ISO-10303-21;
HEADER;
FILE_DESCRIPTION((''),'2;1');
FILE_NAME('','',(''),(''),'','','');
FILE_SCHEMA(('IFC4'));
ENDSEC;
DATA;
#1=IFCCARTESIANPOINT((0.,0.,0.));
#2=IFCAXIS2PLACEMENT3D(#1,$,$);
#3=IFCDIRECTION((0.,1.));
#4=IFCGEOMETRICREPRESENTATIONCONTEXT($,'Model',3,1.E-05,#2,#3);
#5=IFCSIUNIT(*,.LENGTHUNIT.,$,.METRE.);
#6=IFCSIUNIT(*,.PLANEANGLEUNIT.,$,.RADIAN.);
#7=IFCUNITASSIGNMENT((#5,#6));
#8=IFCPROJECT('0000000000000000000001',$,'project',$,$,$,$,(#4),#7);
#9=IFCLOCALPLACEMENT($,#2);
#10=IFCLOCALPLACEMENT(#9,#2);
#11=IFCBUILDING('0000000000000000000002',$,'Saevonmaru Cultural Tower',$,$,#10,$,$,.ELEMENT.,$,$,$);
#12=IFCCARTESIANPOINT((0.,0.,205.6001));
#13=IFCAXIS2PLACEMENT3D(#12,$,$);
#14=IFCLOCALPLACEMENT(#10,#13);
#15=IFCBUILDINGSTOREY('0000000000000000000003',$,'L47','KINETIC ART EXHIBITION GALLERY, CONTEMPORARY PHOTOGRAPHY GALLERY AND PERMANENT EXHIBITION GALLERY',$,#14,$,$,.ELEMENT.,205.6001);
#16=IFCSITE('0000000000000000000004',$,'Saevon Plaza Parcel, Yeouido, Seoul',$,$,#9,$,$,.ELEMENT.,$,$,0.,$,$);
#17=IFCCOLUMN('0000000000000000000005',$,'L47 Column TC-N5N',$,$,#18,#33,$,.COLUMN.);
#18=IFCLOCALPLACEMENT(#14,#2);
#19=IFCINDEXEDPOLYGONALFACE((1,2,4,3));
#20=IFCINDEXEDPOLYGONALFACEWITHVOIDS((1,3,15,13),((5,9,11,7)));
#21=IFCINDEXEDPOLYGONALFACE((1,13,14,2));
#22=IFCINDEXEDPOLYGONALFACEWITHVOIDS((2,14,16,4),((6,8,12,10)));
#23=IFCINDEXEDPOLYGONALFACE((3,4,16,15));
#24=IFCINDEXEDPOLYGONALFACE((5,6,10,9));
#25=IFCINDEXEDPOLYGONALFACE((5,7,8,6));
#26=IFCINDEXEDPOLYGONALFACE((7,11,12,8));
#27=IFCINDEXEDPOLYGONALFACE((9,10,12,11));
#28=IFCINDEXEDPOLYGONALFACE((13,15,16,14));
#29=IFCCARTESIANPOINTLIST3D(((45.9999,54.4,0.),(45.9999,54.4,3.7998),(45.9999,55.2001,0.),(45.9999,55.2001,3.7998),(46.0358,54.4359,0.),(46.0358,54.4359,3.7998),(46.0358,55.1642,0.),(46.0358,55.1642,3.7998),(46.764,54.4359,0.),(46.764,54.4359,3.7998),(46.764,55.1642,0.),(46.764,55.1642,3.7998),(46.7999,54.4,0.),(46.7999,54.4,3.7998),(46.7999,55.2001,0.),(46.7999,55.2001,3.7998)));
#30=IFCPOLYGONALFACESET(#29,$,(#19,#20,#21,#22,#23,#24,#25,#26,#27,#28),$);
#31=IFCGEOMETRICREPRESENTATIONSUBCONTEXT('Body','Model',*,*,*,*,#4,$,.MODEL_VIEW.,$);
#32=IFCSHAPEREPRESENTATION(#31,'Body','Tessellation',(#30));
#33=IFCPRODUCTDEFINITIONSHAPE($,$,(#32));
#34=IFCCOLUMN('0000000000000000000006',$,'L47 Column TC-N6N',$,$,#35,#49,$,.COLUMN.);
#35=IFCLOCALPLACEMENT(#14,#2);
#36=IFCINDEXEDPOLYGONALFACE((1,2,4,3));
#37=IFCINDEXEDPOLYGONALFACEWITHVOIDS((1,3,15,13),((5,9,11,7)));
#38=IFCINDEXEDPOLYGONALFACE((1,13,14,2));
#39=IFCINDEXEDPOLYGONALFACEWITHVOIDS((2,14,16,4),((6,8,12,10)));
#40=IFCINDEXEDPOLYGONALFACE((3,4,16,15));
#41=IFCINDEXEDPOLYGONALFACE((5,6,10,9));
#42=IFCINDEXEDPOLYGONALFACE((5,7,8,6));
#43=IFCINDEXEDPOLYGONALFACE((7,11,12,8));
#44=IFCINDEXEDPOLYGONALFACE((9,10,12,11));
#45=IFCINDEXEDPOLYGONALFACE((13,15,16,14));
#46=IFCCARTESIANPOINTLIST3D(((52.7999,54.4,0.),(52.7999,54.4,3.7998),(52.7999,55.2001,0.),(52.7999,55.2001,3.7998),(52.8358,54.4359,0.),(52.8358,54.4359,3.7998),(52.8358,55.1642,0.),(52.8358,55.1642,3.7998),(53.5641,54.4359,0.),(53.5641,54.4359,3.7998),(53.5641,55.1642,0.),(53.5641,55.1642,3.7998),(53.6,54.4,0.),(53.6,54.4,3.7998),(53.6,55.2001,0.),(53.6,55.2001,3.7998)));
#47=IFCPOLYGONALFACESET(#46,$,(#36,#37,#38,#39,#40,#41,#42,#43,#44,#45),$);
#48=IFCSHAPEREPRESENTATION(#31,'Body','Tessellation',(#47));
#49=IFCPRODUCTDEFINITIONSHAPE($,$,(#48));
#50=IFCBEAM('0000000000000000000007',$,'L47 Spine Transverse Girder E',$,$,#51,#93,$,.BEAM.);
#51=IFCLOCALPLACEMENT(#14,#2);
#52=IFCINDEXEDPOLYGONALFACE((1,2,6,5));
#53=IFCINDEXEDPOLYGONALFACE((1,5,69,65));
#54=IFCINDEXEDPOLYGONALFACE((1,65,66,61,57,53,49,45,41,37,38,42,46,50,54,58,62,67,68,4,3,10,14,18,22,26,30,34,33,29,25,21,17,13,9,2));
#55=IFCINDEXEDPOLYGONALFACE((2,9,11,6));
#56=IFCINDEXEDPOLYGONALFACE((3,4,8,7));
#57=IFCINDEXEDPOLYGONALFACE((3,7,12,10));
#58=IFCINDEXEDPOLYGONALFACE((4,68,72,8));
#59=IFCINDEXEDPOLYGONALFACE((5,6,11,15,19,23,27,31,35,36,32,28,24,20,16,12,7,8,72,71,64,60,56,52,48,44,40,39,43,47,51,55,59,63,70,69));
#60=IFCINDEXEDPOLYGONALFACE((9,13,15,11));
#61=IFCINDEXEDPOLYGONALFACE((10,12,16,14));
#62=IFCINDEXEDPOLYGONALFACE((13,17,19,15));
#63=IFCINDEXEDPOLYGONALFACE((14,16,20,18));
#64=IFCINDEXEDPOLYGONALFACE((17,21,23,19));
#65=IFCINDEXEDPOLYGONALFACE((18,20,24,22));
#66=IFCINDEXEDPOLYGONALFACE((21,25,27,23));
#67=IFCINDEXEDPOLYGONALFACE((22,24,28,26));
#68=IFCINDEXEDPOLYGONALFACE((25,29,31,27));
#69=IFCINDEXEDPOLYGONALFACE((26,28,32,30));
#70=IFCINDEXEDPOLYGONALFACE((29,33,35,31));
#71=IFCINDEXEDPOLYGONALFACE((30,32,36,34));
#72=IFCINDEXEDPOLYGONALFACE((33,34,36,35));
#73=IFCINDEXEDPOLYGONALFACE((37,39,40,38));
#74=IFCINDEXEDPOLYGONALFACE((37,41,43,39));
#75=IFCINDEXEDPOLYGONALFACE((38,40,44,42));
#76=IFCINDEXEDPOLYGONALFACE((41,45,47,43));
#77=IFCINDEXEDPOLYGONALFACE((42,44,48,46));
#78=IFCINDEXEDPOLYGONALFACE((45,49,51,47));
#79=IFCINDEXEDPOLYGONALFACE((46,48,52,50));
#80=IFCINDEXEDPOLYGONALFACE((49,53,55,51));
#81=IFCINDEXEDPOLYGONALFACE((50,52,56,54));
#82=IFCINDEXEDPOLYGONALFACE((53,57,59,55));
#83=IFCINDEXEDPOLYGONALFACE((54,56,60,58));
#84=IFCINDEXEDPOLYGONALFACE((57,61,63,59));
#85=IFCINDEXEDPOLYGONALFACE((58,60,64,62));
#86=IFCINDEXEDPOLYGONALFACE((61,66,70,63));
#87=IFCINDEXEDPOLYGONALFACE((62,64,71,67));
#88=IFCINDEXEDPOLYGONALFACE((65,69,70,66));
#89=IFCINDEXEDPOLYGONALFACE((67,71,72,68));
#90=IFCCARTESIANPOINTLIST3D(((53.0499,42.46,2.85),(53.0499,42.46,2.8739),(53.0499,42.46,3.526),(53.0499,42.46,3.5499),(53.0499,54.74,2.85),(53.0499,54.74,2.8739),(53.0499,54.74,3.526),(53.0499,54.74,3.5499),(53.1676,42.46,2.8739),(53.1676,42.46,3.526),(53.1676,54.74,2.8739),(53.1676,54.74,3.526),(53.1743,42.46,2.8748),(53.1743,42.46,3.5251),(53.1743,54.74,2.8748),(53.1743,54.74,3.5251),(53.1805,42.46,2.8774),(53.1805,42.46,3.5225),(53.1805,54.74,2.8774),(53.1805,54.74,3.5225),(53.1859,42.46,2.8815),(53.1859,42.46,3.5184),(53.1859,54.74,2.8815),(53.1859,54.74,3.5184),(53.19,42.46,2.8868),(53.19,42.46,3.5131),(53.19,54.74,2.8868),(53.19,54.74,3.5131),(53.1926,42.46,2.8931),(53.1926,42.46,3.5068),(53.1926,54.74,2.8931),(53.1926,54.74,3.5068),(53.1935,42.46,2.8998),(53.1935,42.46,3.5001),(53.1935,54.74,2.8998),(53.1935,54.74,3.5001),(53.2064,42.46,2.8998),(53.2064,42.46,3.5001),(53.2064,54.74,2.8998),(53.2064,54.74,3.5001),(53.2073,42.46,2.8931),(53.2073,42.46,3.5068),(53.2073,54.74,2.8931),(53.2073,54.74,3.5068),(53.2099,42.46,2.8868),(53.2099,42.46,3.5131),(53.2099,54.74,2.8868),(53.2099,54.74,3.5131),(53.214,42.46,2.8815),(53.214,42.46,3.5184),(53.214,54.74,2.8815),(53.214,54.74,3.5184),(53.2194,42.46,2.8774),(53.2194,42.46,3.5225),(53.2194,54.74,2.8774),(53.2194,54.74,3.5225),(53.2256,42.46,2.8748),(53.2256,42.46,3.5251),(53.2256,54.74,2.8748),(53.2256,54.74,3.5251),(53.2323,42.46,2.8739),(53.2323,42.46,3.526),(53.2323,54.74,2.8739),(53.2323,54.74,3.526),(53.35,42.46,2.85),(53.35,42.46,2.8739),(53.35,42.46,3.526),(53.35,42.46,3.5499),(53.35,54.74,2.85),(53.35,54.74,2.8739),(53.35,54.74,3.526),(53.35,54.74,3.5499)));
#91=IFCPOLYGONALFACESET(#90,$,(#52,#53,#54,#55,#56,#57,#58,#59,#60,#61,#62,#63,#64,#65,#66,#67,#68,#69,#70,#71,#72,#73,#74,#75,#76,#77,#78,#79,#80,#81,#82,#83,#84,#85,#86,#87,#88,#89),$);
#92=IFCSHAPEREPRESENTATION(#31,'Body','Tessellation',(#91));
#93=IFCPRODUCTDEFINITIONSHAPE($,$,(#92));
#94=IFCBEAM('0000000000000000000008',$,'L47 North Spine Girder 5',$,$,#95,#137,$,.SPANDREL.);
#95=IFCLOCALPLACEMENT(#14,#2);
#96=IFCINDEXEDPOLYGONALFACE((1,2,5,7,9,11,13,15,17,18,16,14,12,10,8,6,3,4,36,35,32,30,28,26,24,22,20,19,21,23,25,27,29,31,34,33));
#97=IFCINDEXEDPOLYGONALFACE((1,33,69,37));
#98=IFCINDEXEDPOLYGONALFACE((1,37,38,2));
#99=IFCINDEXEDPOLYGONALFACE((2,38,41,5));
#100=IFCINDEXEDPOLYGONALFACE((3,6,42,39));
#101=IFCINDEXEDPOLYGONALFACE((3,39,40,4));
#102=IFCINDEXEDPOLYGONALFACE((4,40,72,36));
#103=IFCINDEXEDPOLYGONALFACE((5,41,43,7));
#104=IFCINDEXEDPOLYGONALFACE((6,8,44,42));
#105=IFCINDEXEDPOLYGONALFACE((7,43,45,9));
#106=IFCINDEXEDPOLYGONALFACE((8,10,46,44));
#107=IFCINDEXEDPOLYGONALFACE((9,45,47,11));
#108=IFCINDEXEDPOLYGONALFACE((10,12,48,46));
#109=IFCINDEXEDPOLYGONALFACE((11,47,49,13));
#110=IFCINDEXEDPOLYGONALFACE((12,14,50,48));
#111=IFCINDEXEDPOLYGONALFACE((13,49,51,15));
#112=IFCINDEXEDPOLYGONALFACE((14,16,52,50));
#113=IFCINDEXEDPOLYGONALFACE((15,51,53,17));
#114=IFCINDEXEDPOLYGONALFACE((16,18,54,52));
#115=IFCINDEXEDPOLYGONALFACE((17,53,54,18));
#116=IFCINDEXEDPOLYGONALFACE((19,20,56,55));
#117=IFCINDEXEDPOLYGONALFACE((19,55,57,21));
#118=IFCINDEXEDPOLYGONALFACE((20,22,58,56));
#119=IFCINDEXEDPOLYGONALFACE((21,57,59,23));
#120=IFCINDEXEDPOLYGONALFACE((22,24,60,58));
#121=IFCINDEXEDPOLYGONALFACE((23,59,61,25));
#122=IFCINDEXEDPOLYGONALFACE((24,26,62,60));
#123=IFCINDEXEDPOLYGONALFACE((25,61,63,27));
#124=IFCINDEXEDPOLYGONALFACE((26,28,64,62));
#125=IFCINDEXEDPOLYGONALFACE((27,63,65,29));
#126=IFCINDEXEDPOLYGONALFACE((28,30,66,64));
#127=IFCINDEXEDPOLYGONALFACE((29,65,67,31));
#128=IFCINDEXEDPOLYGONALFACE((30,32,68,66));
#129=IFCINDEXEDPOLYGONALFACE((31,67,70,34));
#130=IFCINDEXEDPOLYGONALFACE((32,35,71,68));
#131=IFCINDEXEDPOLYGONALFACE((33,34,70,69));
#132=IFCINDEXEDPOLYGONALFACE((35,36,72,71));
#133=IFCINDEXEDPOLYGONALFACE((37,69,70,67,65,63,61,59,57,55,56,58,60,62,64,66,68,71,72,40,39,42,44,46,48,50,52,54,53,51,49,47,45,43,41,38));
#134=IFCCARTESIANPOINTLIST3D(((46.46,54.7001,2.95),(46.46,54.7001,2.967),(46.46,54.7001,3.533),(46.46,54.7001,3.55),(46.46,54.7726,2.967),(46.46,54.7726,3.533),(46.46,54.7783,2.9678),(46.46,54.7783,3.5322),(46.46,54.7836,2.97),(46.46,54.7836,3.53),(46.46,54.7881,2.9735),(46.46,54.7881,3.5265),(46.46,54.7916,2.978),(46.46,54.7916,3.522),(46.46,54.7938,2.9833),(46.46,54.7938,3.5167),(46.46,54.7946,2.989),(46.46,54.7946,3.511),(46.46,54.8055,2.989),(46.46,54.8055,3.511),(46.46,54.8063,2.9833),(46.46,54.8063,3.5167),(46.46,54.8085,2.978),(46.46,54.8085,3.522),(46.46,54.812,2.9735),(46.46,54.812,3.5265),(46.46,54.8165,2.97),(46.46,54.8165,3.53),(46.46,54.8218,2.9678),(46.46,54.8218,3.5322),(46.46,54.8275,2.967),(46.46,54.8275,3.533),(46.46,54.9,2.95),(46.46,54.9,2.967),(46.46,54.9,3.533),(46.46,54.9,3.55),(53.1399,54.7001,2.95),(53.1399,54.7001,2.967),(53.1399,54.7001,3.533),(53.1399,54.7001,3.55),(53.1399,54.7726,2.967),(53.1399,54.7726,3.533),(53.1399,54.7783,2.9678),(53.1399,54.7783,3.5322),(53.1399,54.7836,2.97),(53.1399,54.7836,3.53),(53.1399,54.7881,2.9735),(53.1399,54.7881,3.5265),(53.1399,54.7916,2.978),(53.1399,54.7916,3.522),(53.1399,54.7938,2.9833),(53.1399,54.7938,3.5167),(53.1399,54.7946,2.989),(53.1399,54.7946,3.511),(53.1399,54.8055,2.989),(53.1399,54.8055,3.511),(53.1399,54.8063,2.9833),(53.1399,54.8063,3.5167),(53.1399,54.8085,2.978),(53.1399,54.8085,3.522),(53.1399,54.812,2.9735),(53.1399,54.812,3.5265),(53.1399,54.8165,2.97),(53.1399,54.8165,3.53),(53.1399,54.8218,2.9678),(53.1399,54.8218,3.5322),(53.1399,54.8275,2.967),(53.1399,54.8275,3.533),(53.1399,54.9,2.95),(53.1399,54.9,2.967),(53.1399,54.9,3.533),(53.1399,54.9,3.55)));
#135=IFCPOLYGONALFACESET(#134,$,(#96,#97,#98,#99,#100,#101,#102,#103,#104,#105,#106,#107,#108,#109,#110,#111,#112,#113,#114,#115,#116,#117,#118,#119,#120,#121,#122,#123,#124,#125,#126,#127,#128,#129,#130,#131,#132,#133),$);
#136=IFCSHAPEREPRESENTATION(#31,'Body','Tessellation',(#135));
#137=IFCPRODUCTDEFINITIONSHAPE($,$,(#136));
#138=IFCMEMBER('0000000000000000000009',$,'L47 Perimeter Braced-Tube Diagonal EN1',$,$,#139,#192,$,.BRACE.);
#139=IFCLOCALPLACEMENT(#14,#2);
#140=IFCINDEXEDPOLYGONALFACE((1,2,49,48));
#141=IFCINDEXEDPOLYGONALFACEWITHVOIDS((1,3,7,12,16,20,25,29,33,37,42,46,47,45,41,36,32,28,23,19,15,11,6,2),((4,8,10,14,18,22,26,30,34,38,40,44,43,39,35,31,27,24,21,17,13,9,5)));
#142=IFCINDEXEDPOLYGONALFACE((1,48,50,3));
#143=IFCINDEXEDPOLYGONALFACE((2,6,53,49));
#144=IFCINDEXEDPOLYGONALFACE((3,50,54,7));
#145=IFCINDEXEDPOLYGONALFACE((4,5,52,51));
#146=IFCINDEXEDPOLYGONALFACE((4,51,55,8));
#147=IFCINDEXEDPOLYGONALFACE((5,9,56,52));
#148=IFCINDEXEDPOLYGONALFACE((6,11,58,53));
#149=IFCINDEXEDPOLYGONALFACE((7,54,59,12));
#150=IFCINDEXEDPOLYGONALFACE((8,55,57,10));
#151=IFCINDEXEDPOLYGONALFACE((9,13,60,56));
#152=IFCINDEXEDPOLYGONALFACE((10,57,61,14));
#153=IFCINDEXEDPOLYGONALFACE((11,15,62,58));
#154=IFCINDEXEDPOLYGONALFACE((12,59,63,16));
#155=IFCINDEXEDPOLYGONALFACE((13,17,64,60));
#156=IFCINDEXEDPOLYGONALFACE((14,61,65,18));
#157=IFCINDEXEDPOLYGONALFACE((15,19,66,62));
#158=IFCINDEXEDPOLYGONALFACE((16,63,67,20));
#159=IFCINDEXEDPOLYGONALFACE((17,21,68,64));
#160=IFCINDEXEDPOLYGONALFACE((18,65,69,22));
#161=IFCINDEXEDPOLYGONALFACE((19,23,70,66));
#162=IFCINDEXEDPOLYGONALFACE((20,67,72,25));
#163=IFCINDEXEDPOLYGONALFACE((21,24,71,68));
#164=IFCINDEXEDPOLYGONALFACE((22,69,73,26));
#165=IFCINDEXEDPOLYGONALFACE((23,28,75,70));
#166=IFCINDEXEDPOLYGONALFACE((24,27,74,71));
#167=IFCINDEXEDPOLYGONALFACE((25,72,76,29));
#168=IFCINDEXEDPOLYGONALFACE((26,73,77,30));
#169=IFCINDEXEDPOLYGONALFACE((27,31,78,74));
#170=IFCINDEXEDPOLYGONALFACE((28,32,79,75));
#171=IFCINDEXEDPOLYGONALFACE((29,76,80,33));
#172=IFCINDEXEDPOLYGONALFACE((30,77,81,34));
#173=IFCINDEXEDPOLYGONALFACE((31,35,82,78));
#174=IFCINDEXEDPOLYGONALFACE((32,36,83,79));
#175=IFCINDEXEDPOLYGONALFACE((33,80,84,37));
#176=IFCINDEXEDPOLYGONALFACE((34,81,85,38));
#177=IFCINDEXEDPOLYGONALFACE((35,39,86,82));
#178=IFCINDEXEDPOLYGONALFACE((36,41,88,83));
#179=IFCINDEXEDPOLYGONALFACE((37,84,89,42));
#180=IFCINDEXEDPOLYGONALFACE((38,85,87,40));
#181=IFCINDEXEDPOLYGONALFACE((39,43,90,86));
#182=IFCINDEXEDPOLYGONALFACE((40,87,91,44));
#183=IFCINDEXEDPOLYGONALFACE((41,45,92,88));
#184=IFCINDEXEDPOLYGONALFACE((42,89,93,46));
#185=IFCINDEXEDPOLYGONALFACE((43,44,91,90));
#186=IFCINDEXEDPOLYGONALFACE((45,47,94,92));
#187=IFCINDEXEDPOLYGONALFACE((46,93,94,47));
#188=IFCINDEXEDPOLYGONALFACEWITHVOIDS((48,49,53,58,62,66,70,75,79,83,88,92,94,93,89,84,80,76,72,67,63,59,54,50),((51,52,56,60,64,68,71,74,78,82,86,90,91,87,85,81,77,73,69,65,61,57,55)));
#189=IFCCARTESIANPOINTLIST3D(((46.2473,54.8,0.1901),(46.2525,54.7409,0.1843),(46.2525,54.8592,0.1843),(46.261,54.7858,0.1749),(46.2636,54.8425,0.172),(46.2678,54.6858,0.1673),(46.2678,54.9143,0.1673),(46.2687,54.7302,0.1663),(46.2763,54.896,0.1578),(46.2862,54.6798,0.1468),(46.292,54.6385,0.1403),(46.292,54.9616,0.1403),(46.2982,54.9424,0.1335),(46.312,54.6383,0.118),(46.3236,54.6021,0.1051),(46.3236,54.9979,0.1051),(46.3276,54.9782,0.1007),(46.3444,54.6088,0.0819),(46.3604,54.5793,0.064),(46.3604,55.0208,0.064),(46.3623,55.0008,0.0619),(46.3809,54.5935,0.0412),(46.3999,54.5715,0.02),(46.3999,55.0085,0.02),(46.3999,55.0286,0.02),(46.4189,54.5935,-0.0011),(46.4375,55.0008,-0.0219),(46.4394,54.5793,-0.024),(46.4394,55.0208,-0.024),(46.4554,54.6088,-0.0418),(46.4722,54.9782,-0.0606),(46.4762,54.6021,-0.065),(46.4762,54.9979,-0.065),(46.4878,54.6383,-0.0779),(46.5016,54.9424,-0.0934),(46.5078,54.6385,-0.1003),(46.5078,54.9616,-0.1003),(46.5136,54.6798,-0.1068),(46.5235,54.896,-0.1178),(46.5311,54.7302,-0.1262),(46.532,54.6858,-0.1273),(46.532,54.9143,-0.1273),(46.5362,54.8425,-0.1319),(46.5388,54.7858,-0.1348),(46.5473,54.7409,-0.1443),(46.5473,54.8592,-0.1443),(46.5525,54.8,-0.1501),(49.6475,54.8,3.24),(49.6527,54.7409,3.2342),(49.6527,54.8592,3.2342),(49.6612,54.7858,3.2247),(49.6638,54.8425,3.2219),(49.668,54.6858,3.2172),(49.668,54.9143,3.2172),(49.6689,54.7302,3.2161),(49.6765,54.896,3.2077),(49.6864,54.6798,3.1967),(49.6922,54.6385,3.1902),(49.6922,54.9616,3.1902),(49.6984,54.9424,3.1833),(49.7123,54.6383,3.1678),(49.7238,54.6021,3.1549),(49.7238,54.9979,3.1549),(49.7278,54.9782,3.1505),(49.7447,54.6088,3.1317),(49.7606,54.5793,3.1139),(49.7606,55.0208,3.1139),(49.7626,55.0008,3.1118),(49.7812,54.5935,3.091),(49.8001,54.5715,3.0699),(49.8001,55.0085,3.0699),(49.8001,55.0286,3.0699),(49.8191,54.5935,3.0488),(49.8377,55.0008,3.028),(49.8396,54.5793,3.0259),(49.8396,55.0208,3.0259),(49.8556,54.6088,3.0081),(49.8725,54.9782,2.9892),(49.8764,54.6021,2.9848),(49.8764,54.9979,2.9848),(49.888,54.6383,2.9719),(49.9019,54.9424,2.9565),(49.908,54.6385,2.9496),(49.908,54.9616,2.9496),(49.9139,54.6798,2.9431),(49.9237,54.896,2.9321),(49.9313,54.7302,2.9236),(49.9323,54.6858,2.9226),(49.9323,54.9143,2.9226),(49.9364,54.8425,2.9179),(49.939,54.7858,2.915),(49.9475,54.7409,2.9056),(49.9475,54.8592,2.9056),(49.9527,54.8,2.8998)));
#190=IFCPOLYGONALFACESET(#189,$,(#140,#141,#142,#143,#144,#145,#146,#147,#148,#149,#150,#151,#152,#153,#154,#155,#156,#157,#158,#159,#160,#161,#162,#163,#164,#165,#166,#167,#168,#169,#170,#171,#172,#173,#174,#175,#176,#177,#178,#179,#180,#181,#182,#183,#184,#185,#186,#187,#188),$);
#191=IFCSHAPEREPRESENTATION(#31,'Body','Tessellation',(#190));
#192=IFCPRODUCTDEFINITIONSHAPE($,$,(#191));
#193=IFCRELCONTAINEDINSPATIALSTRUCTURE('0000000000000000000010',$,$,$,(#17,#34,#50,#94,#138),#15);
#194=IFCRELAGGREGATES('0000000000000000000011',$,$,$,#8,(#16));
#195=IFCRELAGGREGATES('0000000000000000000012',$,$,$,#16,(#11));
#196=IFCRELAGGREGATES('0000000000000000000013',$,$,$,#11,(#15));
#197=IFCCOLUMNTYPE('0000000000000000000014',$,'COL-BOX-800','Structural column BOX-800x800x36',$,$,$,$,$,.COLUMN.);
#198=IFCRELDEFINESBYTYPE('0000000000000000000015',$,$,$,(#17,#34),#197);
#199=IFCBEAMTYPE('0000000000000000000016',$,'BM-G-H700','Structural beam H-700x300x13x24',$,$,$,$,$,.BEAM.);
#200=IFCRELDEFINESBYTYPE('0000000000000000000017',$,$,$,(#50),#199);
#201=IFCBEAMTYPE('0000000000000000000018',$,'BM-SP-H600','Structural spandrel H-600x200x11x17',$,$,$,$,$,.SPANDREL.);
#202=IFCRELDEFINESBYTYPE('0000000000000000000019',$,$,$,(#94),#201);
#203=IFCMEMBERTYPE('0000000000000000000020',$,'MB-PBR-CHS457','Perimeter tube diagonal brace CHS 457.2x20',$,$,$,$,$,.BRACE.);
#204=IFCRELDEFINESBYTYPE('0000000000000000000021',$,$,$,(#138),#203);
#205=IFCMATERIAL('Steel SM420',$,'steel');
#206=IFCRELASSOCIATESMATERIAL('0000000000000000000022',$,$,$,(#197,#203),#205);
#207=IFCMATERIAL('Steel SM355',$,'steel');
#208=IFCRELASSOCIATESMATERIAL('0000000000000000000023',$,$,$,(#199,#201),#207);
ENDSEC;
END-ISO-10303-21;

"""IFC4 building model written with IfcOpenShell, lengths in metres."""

from ifc_helpers import new_model, si_unit, direction, frame, origin, origin_2d, place, context, subcontext, project, spatial, hollow_rectangle, hollow_circle, i_section, extrude, material, material_profile, profile_set, type_object, element, save


model = new_model("IFC4")

# Units and contexts
model_context = context("Model", 3, precision=1e-05, world=origin(), true_north=direction((0.0, 1.0)))
body_context = subcontext(model_context, "Body", "Model", "MODEL_VIEW")
ifc_project = project(units=[si_unit("LENGTHUNIT", "METRE"), si_unit("PLANEANGLEUNIT", "RADIAN")], contexts=[model_context])

# Site, building, storey
site_placement = place(None, origin())
site = spatial("IfcSite", under=ifc_project, at=site_placement, Name="Saevon Plaza Parcel, Yeouido, Seoul", CompositionType="ELEMENT", RefElevation=0.0)
building_placement = place(site_placement, origin())
building = spatial("IfcBuilding", under=site, at=building_placement, Name="Saevonmaru Cultural Tower", CompositionType="ELEMENT")
storey_placement = place(building_placement, frame((0.0, 0.0, 205.6001)))
storey = spatial("IfcBuildingStorey", under=building, at=storey_placement, Name="L47", Description="KINETIC ART EXHIBITION GALLERY, CONTEMPORARY PHOTOGRAPHY GALLERY AND PERMANENT EXHIBITION GALLERY", CompositionType="ELEMENT", Elevation=205.6001)

# Columns
ifc_material_1 = material(Name="Steel SM420", Category="steel")
ifc_material_profile_1 = material_profile(ifc_material_1, hollow_rectangle(XDim=0.8, YDim=0.8, WallThickness=0.0359, at=origin_2d()), Name="BOX-800x800x36")
ifc_profile_set_1 = profile_set([ifc_material_profile_1], Name="Steel SM420")
column_type = type_object("IfcColumnType", Name="COL-BOX-800", Description="Structural column BOX-800x800x36", PredefinedType="COLUMN", material=ifc_profile_set_1)
for number, where, z_axis, x_axis, name in (
    (1, (46.3999, 54.8, 0.0), (0.0, 0.0, 1.0), (1.0, 0.0, 0.0), "L47 Column TC-N5N"),
    (2, (53.2, 54.8, 0.0), (0.0, 0.0, 1.0), (1.0, 0.0, 0.0), "L47 Column TC-N6N"),
):
    element("IfcColumn", number, at=place(storey_placement, frame(where, z_axis=z_axis, x_axis=x_axis)), inside=storey, type_object=column_type, Name=name, PredefinedType="COLUMN", context=body_context, shape_type="SweptSolid", body=[
        extrude(hollow_rectangle(XDim=0.8, YDim=0.8, WallThickness=0.0359, at=origin_2d()), origin(), (0.0, 0.0, 1.0), 3.7998),
    ])

# Beams
ifc_material_2 = material(Name="Steel SM355", Category="steel")
ifc_material_profile_2 = material_profile(ifc_material_2, i_section(OverallWidth=0.3, OverallDepth=0.7, WebThickness=0.0129, FlangeThickness=0.0239, FilletRadius=0.0259, at=origin_2d()), Name="H-700x300x13x24")
ifc_profile_set_2 = profile_set([ifc_material_profile_2], Name="Steel SM355")
beam_type_1 = type_object("IfcBeamType", Name="BM-G-H700", Description="Structural beam H-700x300x13x24", PredefinedType="BEAM", material=ifc_profile_set_2)
beam_1_placement = place(storey_placement, frame((53.2, 54.74, 3.2), z_axis=(0.0, -1.0, 0.0), x_axis=(1.0, 0.0, 0.0)))
element("IfcBeam", 3, at=beam_1_placement, inside=storey, type_object=beam_type_1, Name="L47 Spine Transverse Girder E", PredefinedType="BEAM", context=body_context, shape_type="SweptSolid", body=[
    extrude(i_section(OverallWidth=0.3, OverallDepth=0.7, WebThickness=0.0129, FlangeThickness=0.0239, FilletRadius=0.0259, at=origin_2d()), origin(), (0.0, 0.0, 1.0), 12.28),
])
ifc_material_profile_3 = material_profile(ifc_material_2, i_section(OverallWidth=0.2, OverallDepth=0.6001, WebThickness=0.011, FlangeThickness=0.0171, FilletRadius=0.022, at=origin_2d()), Name="H-600x200x11x17")
ifc_profile_set_3 = profile_set([ifc_material_profile_3], Name="Steel SM355")
beam_type_2 = type_object("IfcBeamType", Name="BM-SP-H600", Description="Structural spandrel H-600x200x11x17", PredefinedType="SPANDREL", material=ifc_profile_set_3)
beam_2_placement = place(storey_placement, frame((46.46, 54.8, 3.25), z_axis=(1.0, 0.0, 0.0), x_axis=(0.0, 1.0, 0.0)))
element("IfcBeam", 4, at=beam_2_placement, inside=storey, type_object=beam_type_2, Name="L47 North Spine Girder 5", PredefinedType="SPANDREL", context=body_context, shape_type="SweptSolid", body=[
    extrude(i_section(OverallWidth=0.2, OverallDepth=0.6001, WebThickness=0.011, FlangeThickness=0.0171, FilletRadius=0.022, at=origin_2d()), origin(), (0.0, 0.0, 1.0), 6.6799),
])

# Member
ifc_material_profile_4 = material_profile(ifc_material_1, hollow_circle(Radius=0.2285, WallThickness=0.02, at=origin_2d()), Name="CHS-457.2x20")
ifc_profile_set_4 = profile_set([ifc_material_profile_4], Name="Steel SM420")
member_type_1 = type_object("IfcMemberType", Name="MB-PBR-CHS457", Description="Perimeter tube diagonal brace CHS 457.2x20", PredefinedType="BRACE", material=ifc_profile_set_4)
member_1_placement = place(storey_placement, frame((46.3999, 54.8, 0.02), z_axis=(0.744417, 0.0, 0.667715), x_axis=(0.0, 1.0, 0.0)))
element("IfcMember", 5, at=member_1_placement, inside=storey, type_object=member_type_1, Name="L47 Perimeter Braced-Tube Diagonal EN1", PredefinedType="BRACE", context=body_context, shape_type="SweptSolid", body=[
    extrude(hollow_circle(Radius=0.2285, WallThickness=0.02, at=origin_2d()), origin(), (0.0, 0.0, 1.0), 4.5676),
])

save(model, "model.ifc")
